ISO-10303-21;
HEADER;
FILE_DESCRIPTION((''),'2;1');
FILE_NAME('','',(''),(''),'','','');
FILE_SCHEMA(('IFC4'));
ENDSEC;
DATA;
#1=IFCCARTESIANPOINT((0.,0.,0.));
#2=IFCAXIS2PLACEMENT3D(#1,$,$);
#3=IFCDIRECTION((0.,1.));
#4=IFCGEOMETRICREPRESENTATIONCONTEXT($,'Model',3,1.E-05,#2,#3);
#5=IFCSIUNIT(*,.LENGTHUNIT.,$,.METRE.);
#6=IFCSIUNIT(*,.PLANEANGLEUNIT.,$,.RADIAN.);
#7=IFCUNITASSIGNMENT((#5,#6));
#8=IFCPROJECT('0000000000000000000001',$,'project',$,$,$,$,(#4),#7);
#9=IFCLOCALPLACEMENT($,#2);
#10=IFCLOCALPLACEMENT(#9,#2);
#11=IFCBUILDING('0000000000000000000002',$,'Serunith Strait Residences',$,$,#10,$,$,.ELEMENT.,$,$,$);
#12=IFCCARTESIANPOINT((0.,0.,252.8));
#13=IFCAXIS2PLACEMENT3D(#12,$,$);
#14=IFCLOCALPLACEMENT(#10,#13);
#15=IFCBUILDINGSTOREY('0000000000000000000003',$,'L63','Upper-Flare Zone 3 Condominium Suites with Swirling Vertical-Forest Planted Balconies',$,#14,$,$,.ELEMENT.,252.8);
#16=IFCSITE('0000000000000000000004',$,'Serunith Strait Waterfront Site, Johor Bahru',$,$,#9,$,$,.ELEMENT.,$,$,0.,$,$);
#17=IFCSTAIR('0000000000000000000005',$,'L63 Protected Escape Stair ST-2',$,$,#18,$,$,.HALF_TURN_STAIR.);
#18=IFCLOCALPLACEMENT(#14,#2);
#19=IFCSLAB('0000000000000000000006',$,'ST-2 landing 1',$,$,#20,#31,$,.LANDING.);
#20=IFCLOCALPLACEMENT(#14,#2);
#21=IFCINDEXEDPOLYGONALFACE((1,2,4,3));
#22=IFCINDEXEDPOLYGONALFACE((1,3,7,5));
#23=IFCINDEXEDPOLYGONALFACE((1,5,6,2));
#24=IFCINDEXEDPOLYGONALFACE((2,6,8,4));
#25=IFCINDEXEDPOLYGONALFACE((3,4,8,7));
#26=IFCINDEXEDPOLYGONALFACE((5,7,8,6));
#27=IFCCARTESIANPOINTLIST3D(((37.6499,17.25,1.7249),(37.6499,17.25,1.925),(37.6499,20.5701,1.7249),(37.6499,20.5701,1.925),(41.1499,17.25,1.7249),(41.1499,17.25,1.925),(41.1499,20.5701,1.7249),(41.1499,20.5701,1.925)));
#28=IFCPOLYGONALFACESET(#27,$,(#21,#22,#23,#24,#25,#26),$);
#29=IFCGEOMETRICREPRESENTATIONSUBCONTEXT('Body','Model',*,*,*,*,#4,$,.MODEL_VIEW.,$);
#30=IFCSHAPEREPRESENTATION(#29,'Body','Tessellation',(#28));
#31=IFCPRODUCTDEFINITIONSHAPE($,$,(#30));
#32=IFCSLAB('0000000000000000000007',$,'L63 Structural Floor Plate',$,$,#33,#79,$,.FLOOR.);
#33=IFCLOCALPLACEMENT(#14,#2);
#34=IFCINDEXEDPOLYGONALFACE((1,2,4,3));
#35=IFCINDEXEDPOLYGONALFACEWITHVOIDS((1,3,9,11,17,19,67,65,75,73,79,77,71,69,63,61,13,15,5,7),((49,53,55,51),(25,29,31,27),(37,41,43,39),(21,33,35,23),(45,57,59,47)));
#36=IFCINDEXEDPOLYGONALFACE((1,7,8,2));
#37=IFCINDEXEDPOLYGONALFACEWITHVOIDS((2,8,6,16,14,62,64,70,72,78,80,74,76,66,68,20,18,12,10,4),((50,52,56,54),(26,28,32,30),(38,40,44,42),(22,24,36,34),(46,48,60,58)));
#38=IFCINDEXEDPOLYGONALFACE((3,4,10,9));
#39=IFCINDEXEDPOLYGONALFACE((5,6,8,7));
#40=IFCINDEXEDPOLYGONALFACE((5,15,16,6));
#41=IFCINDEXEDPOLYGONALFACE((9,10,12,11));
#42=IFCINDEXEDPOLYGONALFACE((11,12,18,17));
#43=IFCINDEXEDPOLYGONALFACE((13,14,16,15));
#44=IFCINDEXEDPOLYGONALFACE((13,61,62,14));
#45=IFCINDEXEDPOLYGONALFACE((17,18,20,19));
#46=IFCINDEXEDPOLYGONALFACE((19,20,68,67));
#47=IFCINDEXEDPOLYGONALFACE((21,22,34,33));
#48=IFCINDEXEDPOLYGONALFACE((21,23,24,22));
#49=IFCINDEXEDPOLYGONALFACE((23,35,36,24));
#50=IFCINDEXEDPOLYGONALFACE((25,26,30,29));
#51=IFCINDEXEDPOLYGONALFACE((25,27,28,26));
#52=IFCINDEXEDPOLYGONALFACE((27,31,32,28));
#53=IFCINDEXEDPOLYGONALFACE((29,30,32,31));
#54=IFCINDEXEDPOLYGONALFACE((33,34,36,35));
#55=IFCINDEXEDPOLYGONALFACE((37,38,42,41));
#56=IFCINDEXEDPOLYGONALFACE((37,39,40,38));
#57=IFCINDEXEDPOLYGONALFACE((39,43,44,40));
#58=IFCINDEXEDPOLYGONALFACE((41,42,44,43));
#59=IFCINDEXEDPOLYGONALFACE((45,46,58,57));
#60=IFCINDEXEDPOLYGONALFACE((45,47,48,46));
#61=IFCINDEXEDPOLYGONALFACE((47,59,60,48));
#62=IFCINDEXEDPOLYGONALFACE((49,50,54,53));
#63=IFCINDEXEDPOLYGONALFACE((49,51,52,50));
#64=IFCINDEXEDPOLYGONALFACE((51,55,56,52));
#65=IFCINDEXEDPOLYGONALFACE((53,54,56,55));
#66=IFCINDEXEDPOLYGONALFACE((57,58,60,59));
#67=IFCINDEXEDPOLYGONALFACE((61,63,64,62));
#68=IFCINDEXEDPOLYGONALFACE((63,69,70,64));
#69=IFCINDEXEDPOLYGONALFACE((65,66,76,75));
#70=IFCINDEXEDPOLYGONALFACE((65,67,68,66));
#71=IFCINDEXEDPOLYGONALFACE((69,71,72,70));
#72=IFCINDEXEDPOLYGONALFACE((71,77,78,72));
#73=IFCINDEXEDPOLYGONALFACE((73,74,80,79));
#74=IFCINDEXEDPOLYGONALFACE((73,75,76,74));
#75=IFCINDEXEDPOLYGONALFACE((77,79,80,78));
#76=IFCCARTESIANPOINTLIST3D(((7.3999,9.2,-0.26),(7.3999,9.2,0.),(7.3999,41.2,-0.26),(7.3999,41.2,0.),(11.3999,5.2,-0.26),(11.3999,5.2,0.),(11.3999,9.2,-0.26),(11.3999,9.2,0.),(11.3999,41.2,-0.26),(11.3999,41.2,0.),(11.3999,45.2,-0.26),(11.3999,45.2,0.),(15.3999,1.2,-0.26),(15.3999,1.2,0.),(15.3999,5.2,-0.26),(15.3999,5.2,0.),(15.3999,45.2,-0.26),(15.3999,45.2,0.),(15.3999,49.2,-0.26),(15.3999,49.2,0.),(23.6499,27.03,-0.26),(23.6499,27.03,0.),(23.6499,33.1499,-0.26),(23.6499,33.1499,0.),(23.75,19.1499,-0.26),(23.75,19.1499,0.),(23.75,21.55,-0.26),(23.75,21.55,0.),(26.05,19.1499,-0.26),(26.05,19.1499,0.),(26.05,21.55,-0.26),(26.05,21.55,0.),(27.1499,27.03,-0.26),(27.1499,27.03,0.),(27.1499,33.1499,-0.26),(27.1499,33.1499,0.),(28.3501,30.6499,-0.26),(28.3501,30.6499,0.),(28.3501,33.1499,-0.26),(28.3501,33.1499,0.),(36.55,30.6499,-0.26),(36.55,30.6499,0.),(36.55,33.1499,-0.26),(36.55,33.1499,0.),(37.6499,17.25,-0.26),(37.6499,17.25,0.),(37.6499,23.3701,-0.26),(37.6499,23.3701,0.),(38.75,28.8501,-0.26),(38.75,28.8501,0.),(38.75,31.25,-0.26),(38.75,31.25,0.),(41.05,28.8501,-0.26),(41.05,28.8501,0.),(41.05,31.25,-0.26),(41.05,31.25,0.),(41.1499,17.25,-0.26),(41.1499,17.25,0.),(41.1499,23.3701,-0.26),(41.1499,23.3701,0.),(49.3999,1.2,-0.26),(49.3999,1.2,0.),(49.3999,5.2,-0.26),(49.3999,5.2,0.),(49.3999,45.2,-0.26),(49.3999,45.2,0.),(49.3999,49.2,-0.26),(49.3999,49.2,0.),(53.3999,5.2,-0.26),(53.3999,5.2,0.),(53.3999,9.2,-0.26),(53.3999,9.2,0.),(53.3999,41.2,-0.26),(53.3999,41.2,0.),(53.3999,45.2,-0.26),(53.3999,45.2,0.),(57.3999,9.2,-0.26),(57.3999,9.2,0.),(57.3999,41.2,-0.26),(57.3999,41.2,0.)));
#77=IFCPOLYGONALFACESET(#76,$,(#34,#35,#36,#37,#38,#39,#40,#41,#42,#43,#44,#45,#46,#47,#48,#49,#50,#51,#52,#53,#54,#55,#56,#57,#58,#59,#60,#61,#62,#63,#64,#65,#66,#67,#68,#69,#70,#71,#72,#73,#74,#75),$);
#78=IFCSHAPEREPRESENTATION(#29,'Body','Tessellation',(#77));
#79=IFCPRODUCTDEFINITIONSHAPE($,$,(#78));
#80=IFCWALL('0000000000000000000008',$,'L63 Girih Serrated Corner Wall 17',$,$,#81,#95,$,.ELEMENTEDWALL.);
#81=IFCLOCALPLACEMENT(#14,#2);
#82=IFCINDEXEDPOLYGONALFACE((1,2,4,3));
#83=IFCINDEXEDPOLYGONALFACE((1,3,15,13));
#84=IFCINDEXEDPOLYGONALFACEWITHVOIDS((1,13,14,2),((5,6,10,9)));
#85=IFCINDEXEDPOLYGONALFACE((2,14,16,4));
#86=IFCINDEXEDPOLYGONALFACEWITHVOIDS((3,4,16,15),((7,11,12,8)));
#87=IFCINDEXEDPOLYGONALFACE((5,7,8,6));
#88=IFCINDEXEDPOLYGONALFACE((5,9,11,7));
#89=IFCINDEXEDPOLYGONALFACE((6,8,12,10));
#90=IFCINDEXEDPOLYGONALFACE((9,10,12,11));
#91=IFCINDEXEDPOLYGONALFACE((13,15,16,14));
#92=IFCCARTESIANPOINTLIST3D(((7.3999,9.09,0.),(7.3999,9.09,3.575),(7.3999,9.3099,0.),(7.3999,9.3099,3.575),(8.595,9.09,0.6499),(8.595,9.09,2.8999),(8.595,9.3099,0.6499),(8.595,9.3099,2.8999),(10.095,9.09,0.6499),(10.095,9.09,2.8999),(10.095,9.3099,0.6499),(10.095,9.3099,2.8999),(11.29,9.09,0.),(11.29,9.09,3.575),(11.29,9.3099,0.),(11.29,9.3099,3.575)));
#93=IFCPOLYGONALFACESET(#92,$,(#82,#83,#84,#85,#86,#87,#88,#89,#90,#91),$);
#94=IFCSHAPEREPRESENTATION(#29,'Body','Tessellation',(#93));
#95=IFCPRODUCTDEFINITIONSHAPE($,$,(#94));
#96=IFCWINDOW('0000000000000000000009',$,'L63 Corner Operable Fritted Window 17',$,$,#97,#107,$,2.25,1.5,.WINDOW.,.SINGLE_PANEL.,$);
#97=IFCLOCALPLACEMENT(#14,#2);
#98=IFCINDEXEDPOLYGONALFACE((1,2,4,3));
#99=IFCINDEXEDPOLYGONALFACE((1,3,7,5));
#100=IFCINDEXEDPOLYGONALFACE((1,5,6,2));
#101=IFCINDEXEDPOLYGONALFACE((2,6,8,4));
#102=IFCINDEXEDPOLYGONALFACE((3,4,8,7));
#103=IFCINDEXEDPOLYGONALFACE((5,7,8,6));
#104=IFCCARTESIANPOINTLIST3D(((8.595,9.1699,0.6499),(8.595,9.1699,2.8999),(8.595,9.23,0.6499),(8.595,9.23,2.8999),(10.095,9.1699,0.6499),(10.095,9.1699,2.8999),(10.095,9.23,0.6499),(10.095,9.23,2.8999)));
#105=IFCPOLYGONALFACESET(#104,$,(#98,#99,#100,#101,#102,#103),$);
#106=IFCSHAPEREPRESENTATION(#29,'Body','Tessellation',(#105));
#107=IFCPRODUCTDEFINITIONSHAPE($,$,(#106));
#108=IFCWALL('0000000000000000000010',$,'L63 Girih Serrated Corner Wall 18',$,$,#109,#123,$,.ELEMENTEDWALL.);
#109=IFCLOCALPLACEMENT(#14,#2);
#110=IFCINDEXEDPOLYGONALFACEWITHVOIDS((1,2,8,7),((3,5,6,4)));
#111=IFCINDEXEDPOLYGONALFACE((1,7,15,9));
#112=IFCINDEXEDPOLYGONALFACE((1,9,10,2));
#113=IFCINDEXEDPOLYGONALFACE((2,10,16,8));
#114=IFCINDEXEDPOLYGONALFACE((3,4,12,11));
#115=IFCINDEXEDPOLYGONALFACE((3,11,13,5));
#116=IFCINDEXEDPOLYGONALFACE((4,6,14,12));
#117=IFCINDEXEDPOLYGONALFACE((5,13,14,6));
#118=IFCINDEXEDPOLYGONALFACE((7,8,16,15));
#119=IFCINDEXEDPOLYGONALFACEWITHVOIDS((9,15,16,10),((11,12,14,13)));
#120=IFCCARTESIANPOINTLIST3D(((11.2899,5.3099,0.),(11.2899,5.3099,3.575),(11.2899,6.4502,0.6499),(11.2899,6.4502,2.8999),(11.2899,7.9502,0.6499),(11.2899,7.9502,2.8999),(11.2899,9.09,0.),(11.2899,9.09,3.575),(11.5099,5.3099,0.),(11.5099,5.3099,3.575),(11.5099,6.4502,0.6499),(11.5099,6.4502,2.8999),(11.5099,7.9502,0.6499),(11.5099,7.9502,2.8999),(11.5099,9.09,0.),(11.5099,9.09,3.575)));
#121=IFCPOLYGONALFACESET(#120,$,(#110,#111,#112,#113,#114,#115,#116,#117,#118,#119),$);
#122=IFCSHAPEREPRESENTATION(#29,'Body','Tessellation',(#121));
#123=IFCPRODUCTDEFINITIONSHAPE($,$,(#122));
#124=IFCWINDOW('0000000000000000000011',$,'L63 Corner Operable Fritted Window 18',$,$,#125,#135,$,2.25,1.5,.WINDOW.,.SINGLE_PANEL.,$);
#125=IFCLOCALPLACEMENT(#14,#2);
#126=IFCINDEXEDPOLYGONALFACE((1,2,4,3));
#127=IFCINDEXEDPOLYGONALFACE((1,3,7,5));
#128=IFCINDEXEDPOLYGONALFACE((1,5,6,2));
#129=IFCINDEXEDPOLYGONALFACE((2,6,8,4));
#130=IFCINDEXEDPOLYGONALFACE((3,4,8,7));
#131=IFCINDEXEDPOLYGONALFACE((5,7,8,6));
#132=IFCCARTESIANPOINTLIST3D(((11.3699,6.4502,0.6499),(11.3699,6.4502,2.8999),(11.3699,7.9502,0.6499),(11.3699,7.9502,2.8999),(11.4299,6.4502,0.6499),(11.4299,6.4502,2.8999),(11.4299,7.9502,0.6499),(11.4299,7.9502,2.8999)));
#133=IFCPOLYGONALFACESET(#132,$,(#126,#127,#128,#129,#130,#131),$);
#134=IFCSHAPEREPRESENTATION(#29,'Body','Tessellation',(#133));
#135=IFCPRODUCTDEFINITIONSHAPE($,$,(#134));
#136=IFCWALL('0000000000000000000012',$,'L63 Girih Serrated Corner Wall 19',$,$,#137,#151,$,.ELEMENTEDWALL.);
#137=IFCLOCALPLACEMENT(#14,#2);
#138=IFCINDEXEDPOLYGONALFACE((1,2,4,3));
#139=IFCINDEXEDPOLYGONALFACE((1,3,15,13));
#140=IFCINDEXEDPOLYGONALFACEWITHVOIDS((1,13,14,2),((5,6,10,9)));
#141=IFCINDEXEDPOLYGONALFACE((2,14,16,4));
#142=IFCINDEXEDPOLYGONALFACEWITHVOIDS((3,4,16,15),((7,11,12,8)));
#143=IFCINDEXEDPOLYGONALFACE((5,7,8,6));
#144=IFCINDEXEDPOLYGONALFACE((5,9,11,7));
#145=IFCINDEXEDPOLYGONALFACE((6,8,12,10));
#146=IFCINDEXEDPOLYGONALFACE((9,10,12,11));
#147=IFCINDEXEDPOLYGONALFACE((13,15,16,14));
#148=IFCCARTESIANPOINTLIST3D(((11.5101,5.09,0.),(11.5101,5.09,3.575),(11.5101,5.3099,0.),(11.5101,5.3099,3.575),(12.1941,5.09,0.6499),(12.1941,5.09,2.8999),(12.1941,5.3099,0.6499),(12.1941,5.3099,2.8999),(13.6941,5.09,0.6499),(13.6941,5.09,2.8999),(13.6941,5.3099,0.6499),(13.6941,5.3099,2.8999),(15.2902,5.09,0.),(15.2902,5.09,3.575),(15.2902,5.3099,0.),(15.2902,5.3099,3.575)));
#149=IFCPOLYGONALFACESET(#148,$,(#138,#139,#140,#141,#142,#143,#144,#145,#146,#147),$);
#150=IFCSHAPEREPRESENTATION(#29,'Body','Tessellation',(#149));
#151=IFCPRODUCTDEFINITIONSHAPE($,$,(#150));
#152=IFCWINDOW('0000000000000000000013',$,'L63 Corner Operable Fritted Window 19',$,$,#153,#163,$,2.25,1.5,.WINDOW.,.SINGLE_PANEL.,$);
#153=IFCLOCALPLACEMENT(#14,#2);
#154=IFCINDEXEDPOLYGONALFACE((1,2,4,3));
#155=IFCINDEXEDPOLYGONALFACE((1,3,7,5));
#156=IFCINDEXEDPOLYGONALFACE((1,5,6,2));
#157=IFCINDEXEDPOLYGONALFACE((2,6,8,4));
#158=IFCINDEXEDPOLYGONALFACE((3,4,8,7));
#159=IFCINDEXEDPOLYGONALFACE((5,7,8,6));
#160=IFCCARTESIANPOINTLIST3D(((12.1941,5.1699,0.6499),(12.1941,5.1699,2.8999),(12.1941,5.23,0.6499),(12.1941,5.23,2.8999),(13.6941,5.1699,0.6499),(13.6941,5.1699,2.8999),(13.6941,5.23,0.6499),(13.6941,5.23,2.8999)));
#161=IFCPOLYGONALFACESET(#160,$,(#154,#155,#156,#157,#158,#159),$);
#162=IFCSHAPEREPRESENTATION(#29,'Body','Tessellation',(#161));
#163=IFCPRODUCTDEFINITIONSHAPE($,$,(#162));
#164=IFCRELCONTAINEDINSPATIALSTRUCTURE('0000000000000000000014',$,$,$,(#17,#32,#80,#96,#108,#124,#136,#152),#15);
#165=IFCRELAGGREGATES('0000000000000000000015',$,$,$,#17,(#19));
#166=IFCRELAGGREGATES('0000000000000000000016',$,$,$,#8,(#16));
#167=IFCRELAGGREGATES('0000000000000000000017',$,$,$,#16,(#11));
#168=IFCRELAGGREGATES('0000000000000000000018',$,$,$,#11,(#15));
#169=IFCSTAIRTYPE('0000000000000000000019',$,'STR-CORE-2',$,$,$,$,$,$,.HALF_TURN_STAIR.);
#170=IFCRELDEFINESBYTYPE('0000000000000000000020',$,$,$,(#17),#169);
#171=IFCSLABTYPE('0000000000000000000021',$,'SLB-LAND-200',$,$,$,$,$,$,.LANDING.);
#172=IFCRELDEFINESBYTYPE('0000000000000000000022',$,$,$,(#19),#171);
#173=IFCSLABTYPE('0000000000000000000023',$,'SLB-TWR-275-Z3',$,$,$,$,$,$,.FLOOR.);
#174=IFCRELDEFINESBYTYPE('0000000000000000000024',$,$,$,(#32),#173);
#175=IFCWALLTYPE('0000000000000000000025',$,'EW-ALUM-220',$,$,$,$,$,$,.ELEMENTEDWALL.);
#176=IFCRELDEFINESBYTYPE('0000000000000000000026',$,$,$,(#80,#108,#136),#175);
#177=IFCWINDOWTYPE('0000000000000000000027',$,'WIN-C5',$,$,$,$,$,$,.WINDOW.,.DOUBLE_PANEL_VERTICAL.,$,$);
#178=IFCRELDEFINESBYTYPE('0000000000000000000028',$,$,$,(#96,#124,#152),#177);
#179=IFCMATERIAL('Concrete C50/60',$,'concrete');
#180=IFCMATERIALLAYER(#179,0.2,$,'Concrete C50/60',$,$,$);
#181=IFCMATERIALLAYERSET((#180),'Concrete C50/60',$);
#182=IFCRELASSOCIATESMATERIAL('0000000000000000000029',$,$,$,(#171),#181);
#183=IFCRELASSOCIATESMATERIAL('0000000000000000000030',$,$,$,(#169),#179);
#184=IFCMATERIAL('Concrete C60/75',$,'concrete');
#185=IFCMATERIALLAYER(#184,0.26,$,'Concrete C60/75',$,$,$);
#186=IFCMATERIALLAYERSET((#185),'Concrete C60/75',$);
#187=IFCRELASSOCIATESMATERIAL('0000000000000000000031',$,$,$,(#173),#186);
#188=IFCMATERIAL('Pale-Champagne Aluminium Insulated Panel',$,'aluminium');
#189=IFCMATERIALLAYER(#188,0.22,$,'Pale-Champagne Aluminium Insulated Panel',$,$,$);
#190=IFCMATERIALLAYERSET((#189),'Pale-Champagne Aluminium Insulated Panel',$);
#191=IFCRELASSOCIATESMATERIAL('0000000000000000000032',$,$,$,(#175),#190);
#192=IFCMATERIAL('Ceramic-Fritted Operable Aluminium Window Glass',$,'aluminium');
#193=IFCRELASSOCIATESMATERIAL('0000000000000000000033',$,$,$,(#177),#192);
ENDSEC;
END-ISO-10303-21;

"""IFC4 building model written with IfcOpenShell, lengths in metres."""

from ifc_helpers import new_model, si_unit, direction, frame, frame_2d, origin, place, context, subcontext, project, spatial, polyline, rectangle, outline, extrude, source, transform, mapped, material, layer, layer_set, type_object, element, fill, aggregate, save


model = new_model("IFC4")

# Units and contexts
model_context = context("Model", 3, precision=1e-05, world=origin(), true_north=direction((0.0, 1.0)))
body_context = subcontext(model_context, "Body", "Model", "MODEL_VIEW")
ifc_project = project(units=[si_unit("LENGTHUNIT", "METRE"), si_unit("PLANEANGLEUNIT", "RADIAN")], contexts=[model_context])

# Site, building, storey
site_placement = place(None, origin())
site = spatial("IfcSite", under=ifc_project, at=site_placement, Name="Serunith Strait Waterfront Site, Johor Bahru", CompositionType="ELEMENT", RefElevation=0.0)
building_placement = place(site_placement, origin())
building = spatial("IfcBuilding", under=site, at=building_placement, Name="Serunith Strait Residences", CompositionType="ELEMENT")
storey_placement = place(building_placement, frame((0.0, 0.0, 252.8)))
storey = spatial("IfcBuildingStorey", under=building, at=storey_placement, Name="L63", Description="Upper-Flare Zone 3 Condominium Suites with Swirling Vertical-Forest Planted Balconies", CompositionType="ELEMENT", Elevation=252.8)

# Shared definitions
ifc_material_1 = material(Name="Concrete C50/60", Category="concrete")

# Stair, slab
ifc_layer_1 = layer(ifc_material_1, 0.2, Name="Concrete C50/60")
ifc_layer_set_1 = layer_set([ifc_layer_1], Name="Concrete C50/60")
slab_type_1 = type_object("IfcSlabType", Name="SLB-LAND-200", PredefinedType="LANDING", material=ifc_layer_set_1)
stair_type_1 = type_object("IfcStairType", Name="STR-CORE-2", PredefinedType="HALF_TURN_STAIR", material=ifc_material_1)
stair_1_placement = place(storey_placement, origin())
stair_1 = element("IfcStair", 1, at=stair_1_placement, inside=storey, type_object=stair_type_1, Name="L63 Protected Escape Stair ST-2", PredefinedType="HALF_TURN_STAIR")
slab_1_placement = place(storey_placement, frame((0.0, 0.0, 1.7249)))
slab_1 = element("IfcSlab", 2, at=slab_1_placement, type_object=slab_type_1, Name="ST-2 landing 1", PredefinedType="LANDING", context=body_context, shape_type="SweptSolid", body=[
    extrude(outline(polyline([(37.6499, 20.5701), (37.6499, 17.25), (41.1499, 17.25), (41.1499, 20.5701), (37.6499, 20.5701)])), origin(), (0.0, 0.0, 1.0), 0.2002),
])
aggregate(stair_1, [slab_1])

# Slab
ifc_material_2 = material(Name="Concrete C60/75", Category="concrete")
ifc_layer_2 = layer(ifc_material_2, 0.26, Name="Concrete C60/75")
ifc_layer_set_2 = layer_set([ifc_layer_2], Name="Concrete C60/75")
slab_type_2 = type_object("IfcSlabType", Name="SLB-TWR-275-Z3", PredefinedType="FLOOR", material=ifc_layer_set_2)
slab_2_placement = place(storey_placement, frame((0.0, 0.0, -0.26)))
element("IfcSlab", 3, at=slab_2_placement, inside=storey, type_object=slab_type_2, Name="L63 Structural Floor Plate", PredefinedType="FLOOR", context=body_context, shape_type="SweptSolid", body=[
    extrude(outline(polyline([(15.3999, 5.2), (11.3999, 5.2), (11.3999, 9.2), (7.3999, 9.2), (7.3999, 41.2), (11.3999, 41.2), (11.3999, 45.2), (15.3999, 45.2), (15.3999, 49.2), (49.3999, 49.2), (49.3999, 45.2), (53.3999, 45.2), (53.3999, 41.2), (57.3999, 41.2), (57.3999, 9.2), (53.3999, 9.2), (53.3999, 5.2), (49.3999, 5.2), (49.3999, 1.2), (15.3999, 1.2), (15.3999, 5.2)]), holes=[polyline([(41.1499, 23.3701), (37.6499, 23.3701), (37.6499, 17.25), (41.1499, 17.25), (41.1499, 23.3701)]), polyline([(38.75, 31.25), (38.75, 28.8501), (41.05, 28.8501), (41.05, 31.25), (38.75, 31.25)]), polyline([(36.55, 33.1499), (28.3501, 33.1499), (28.3501, 30.6499), (36.55, 30.6499), (36.55, 33.1499)]), polyline([(23.6499, 33.1499), (23.6499, 27.03), (27.1499, 27.03), (27.1499, 33.1499), (23.6499, 33.1499)]), polyline([(23.75, 21.55), (23.75, 19.1499), (26.05, 19.1499), (26.05, 21.55), (23.75, 21.55)])]), origin(), (0.0, 0.0, 1.0), 0.26),
])

# Walls, openings, windows
ifc_material_3 = material(Name="Pale-Champagne Aluminium Insulated Panel", Category="aluminium")
ifc_layer_3 = layer(ifc_material_3, 0.22, Name="Pale-Champagne Aluminium Insulated Panel")
ifc_layer_set_3 = layer_set([ifc_layer_3], Name="Pale-Champagne Aluminium Insulated Panel")
wall_type_1 = type_object("IfcWallType", Name="EW-ALUM-220", PredefinedType="ELEMENTEDWALL", material=ifc_layer_set_3)
wall_1_placement = place(storey_placement, frame((7.3999, 9.2, 0.0), z_axis=(0.0, 0.0, 1.0), x_axis=(1.0, 0.0, 0.0)))
wall_1 = element("IfcWall", 4, at=wall_1_placement, inside=storey, type_object=wall_type_1, Name="L63 Girih Serrated Corner Wall 17", PredefinedType="ELEMENTEDWALL", context=body_context, shape_type="SweptSolid", body=[
    extrude(rectangle(XDim=3.8901, YDim=0.22, at=frame_2d((1.9451, 0.0))), origin(), (0.0, 0.0, 1.0), 3.575),
])
opening_1_placement = place(wall_1_placement, frame((1.1951, 0.0, 0.6499)))
opening_1 = element("IfcOpeningElement", 5, at=opening_1_placement, cuts=wall_1, PredefinedType="OPENING", context=body_context, shape_type="SweptSolid", body=[
    extrude(rectangle(XDim=1.5, YDim=2.25, at=frame_2d((0.75, 1.125))), frame((0.0, 0.1201, 0.0), z_axis=(0.0, -1.0, 0.0), x_axis=(1.0, 0.0, 0.0)), (0.0, 0.0, 1.0), 0.24),
])
ifc_material_4 = material(Name="Ceramic-Fritted Operable Aluminium Window Glass", Category="aluminium")
window_type = type_object("IfcWindowType", Name="WIN-C5", PartitioningType="DOUBLE_PANEL_VERTICAL", PredefinedType="WINDOW", material=ifc_material_4)
shared_shape_1 = source(origin(), body_context, "Body", "SweptSolid", [
    extrude(rectangle(XDim=1.5, YDim=2.25, at=frame_2d((0.75, 1.125))), frame((0.0, 0.03, 0.0), z_axis=(0.0, -1.0, 0.0), x_axis=(1.0, 0.0, 0.0)), (0.0, 0.0, 1.0), 0.0601),
])
window_1_placement = place(opening_1_placement, origin())
window_1 = element("IfcWindow", 6, at=window_1_placement, inside=storey, type_object=window_type, Name="L63 Corner Operable Fritted Window 17", OverallHeight=2.25, OverallWidth=1.5, PartitioningType="SINGLE_PANEL", PredefinedType="WINDOW", context=body_context, shape_type="MappedRepresentation", body=[
    mapped(shared_shape_1, transform((0.0, 0.0, 0.0), scale=1.0)),
])
fill(opening_1, window_1)
wall_2_placement = place(storey_placement, frame((11.3999, 9.0901, 0.0), z_axis=(0.0, 0.0, 1.0), x_axis=(0.0, -1.0, 0.0)))
wall_2 = element("IfcWall", 7, at=wall_2_placement, inside=storey, type_object=wall_type_1, Name="L63 Girih Serrated Corner Wall 18", PredefinedType="ELEMENTEDWALL", context=body_context, shape_type="SweptSolid", body=[
    extrude(rectangle(XDim=3.78, YDim=0.22, at=frame_2d((1.8901, 0.0))), origin(), (0.0, 0.0, 1.0), 3.575),
])
opening_2_placement = place(wall_2_placement, frame((1.1399, 0.0, 0.6499)))
opening_2 = element("IfcOpeningElement", 8, at=opening_2_placement, cuts=wall_2, PredefinedType="OPENING", context=body_context, shape_type="SweptSolid", body=[
    extrude(rectangle(XDim=1.5, YDim=2.25, at=frame_2d((0.75, 1.125))), frame((0.0, 0.1201, 0.0), z_axis=(0.0, -1.0, 0.0), x_axis=(1.0, 0.0, 0.0)), (0.0, 0.0, 1.0), 0.24),
])
window_2_placement = place(opening_2_placement, origin())
window_2 = element("IfcWindow", 9, at=window_2_placement, inside=storey, type_object=window_type, Name="L63 Corner Operable Fritted Window 18", OverallHeight=2.25, OverallWidth=1.5, PartitioningType="SINGLE_PANEL", PredefinedType="WINDOW", context=body_context, shape_type="MappedRepresentation", body=[
    mapped(shared_shape_1, transform((0.0, 0.0, 0.0), scale=1.0)),
])
fill(opening_2, window_2)
wall_3_placement = place(storey_placement, frame((11.51, 5.2, 0.0), z_axis=(0.0, 0.0, 1.0), x_axis=(1.0, 0.0, 0.0)))
wall_3 = element("IfcWall", 10, at=wall_3_placement, inside=storey, type_object=wall_type_1, Name="L63 Girih Serrated Corner Wall 19", PredefinedType="ELEMENTEDWALL", context=body_context, shape_type="SweptSolid", body=[
    extrude(rectangle(XDim=3.78, YDim=0.22, at=frame_2d((1.8901, 0.0))), origin(), (0.0, 0.0, 1.0), 3.575),
])
opening_3_placement = place(wall_3_placement, frame((0.6841, 0.0, 0.6499)))
opening_3 = element("IfcOpeningElement", 11, at=opening_3_placement, cuts=wall_3, PredefinedType="OPENING", context=body_context, shape_type="SweptSolid", body=[
    extrude(rectangle(XDim=1.5, YDim=2.25, at=frame_2d((0.75, 1.125))), frame((0.0, 0.1201, 0.0), z_axis=(0.0, -1.0, 0.0), x_axis=(1.0, 0.0, 0.0)), (0.0, 0.0, 1.0), 0.24),
])
window_3_placement = place(opening_3_placement, origin())
window_3 = element("IfcWindow", 12, at=window_3_placement, inside=storey, type_object=window_type, Name="L63 Corner Operable Fritted Window 19", OverallHeight=2.25, OverallWidth=1.5, PartitioningType="SINGLE_PANEL", PredefinedType="WINDOW", context=body_context, shape_type="MappedRepresentation", body=[
    mapped(shared_shape_1, transform((0.0, 0.0, 0.0), scale=1.0)),
])
fill(opening_3, window_3)

save(model, "model.ifc")
